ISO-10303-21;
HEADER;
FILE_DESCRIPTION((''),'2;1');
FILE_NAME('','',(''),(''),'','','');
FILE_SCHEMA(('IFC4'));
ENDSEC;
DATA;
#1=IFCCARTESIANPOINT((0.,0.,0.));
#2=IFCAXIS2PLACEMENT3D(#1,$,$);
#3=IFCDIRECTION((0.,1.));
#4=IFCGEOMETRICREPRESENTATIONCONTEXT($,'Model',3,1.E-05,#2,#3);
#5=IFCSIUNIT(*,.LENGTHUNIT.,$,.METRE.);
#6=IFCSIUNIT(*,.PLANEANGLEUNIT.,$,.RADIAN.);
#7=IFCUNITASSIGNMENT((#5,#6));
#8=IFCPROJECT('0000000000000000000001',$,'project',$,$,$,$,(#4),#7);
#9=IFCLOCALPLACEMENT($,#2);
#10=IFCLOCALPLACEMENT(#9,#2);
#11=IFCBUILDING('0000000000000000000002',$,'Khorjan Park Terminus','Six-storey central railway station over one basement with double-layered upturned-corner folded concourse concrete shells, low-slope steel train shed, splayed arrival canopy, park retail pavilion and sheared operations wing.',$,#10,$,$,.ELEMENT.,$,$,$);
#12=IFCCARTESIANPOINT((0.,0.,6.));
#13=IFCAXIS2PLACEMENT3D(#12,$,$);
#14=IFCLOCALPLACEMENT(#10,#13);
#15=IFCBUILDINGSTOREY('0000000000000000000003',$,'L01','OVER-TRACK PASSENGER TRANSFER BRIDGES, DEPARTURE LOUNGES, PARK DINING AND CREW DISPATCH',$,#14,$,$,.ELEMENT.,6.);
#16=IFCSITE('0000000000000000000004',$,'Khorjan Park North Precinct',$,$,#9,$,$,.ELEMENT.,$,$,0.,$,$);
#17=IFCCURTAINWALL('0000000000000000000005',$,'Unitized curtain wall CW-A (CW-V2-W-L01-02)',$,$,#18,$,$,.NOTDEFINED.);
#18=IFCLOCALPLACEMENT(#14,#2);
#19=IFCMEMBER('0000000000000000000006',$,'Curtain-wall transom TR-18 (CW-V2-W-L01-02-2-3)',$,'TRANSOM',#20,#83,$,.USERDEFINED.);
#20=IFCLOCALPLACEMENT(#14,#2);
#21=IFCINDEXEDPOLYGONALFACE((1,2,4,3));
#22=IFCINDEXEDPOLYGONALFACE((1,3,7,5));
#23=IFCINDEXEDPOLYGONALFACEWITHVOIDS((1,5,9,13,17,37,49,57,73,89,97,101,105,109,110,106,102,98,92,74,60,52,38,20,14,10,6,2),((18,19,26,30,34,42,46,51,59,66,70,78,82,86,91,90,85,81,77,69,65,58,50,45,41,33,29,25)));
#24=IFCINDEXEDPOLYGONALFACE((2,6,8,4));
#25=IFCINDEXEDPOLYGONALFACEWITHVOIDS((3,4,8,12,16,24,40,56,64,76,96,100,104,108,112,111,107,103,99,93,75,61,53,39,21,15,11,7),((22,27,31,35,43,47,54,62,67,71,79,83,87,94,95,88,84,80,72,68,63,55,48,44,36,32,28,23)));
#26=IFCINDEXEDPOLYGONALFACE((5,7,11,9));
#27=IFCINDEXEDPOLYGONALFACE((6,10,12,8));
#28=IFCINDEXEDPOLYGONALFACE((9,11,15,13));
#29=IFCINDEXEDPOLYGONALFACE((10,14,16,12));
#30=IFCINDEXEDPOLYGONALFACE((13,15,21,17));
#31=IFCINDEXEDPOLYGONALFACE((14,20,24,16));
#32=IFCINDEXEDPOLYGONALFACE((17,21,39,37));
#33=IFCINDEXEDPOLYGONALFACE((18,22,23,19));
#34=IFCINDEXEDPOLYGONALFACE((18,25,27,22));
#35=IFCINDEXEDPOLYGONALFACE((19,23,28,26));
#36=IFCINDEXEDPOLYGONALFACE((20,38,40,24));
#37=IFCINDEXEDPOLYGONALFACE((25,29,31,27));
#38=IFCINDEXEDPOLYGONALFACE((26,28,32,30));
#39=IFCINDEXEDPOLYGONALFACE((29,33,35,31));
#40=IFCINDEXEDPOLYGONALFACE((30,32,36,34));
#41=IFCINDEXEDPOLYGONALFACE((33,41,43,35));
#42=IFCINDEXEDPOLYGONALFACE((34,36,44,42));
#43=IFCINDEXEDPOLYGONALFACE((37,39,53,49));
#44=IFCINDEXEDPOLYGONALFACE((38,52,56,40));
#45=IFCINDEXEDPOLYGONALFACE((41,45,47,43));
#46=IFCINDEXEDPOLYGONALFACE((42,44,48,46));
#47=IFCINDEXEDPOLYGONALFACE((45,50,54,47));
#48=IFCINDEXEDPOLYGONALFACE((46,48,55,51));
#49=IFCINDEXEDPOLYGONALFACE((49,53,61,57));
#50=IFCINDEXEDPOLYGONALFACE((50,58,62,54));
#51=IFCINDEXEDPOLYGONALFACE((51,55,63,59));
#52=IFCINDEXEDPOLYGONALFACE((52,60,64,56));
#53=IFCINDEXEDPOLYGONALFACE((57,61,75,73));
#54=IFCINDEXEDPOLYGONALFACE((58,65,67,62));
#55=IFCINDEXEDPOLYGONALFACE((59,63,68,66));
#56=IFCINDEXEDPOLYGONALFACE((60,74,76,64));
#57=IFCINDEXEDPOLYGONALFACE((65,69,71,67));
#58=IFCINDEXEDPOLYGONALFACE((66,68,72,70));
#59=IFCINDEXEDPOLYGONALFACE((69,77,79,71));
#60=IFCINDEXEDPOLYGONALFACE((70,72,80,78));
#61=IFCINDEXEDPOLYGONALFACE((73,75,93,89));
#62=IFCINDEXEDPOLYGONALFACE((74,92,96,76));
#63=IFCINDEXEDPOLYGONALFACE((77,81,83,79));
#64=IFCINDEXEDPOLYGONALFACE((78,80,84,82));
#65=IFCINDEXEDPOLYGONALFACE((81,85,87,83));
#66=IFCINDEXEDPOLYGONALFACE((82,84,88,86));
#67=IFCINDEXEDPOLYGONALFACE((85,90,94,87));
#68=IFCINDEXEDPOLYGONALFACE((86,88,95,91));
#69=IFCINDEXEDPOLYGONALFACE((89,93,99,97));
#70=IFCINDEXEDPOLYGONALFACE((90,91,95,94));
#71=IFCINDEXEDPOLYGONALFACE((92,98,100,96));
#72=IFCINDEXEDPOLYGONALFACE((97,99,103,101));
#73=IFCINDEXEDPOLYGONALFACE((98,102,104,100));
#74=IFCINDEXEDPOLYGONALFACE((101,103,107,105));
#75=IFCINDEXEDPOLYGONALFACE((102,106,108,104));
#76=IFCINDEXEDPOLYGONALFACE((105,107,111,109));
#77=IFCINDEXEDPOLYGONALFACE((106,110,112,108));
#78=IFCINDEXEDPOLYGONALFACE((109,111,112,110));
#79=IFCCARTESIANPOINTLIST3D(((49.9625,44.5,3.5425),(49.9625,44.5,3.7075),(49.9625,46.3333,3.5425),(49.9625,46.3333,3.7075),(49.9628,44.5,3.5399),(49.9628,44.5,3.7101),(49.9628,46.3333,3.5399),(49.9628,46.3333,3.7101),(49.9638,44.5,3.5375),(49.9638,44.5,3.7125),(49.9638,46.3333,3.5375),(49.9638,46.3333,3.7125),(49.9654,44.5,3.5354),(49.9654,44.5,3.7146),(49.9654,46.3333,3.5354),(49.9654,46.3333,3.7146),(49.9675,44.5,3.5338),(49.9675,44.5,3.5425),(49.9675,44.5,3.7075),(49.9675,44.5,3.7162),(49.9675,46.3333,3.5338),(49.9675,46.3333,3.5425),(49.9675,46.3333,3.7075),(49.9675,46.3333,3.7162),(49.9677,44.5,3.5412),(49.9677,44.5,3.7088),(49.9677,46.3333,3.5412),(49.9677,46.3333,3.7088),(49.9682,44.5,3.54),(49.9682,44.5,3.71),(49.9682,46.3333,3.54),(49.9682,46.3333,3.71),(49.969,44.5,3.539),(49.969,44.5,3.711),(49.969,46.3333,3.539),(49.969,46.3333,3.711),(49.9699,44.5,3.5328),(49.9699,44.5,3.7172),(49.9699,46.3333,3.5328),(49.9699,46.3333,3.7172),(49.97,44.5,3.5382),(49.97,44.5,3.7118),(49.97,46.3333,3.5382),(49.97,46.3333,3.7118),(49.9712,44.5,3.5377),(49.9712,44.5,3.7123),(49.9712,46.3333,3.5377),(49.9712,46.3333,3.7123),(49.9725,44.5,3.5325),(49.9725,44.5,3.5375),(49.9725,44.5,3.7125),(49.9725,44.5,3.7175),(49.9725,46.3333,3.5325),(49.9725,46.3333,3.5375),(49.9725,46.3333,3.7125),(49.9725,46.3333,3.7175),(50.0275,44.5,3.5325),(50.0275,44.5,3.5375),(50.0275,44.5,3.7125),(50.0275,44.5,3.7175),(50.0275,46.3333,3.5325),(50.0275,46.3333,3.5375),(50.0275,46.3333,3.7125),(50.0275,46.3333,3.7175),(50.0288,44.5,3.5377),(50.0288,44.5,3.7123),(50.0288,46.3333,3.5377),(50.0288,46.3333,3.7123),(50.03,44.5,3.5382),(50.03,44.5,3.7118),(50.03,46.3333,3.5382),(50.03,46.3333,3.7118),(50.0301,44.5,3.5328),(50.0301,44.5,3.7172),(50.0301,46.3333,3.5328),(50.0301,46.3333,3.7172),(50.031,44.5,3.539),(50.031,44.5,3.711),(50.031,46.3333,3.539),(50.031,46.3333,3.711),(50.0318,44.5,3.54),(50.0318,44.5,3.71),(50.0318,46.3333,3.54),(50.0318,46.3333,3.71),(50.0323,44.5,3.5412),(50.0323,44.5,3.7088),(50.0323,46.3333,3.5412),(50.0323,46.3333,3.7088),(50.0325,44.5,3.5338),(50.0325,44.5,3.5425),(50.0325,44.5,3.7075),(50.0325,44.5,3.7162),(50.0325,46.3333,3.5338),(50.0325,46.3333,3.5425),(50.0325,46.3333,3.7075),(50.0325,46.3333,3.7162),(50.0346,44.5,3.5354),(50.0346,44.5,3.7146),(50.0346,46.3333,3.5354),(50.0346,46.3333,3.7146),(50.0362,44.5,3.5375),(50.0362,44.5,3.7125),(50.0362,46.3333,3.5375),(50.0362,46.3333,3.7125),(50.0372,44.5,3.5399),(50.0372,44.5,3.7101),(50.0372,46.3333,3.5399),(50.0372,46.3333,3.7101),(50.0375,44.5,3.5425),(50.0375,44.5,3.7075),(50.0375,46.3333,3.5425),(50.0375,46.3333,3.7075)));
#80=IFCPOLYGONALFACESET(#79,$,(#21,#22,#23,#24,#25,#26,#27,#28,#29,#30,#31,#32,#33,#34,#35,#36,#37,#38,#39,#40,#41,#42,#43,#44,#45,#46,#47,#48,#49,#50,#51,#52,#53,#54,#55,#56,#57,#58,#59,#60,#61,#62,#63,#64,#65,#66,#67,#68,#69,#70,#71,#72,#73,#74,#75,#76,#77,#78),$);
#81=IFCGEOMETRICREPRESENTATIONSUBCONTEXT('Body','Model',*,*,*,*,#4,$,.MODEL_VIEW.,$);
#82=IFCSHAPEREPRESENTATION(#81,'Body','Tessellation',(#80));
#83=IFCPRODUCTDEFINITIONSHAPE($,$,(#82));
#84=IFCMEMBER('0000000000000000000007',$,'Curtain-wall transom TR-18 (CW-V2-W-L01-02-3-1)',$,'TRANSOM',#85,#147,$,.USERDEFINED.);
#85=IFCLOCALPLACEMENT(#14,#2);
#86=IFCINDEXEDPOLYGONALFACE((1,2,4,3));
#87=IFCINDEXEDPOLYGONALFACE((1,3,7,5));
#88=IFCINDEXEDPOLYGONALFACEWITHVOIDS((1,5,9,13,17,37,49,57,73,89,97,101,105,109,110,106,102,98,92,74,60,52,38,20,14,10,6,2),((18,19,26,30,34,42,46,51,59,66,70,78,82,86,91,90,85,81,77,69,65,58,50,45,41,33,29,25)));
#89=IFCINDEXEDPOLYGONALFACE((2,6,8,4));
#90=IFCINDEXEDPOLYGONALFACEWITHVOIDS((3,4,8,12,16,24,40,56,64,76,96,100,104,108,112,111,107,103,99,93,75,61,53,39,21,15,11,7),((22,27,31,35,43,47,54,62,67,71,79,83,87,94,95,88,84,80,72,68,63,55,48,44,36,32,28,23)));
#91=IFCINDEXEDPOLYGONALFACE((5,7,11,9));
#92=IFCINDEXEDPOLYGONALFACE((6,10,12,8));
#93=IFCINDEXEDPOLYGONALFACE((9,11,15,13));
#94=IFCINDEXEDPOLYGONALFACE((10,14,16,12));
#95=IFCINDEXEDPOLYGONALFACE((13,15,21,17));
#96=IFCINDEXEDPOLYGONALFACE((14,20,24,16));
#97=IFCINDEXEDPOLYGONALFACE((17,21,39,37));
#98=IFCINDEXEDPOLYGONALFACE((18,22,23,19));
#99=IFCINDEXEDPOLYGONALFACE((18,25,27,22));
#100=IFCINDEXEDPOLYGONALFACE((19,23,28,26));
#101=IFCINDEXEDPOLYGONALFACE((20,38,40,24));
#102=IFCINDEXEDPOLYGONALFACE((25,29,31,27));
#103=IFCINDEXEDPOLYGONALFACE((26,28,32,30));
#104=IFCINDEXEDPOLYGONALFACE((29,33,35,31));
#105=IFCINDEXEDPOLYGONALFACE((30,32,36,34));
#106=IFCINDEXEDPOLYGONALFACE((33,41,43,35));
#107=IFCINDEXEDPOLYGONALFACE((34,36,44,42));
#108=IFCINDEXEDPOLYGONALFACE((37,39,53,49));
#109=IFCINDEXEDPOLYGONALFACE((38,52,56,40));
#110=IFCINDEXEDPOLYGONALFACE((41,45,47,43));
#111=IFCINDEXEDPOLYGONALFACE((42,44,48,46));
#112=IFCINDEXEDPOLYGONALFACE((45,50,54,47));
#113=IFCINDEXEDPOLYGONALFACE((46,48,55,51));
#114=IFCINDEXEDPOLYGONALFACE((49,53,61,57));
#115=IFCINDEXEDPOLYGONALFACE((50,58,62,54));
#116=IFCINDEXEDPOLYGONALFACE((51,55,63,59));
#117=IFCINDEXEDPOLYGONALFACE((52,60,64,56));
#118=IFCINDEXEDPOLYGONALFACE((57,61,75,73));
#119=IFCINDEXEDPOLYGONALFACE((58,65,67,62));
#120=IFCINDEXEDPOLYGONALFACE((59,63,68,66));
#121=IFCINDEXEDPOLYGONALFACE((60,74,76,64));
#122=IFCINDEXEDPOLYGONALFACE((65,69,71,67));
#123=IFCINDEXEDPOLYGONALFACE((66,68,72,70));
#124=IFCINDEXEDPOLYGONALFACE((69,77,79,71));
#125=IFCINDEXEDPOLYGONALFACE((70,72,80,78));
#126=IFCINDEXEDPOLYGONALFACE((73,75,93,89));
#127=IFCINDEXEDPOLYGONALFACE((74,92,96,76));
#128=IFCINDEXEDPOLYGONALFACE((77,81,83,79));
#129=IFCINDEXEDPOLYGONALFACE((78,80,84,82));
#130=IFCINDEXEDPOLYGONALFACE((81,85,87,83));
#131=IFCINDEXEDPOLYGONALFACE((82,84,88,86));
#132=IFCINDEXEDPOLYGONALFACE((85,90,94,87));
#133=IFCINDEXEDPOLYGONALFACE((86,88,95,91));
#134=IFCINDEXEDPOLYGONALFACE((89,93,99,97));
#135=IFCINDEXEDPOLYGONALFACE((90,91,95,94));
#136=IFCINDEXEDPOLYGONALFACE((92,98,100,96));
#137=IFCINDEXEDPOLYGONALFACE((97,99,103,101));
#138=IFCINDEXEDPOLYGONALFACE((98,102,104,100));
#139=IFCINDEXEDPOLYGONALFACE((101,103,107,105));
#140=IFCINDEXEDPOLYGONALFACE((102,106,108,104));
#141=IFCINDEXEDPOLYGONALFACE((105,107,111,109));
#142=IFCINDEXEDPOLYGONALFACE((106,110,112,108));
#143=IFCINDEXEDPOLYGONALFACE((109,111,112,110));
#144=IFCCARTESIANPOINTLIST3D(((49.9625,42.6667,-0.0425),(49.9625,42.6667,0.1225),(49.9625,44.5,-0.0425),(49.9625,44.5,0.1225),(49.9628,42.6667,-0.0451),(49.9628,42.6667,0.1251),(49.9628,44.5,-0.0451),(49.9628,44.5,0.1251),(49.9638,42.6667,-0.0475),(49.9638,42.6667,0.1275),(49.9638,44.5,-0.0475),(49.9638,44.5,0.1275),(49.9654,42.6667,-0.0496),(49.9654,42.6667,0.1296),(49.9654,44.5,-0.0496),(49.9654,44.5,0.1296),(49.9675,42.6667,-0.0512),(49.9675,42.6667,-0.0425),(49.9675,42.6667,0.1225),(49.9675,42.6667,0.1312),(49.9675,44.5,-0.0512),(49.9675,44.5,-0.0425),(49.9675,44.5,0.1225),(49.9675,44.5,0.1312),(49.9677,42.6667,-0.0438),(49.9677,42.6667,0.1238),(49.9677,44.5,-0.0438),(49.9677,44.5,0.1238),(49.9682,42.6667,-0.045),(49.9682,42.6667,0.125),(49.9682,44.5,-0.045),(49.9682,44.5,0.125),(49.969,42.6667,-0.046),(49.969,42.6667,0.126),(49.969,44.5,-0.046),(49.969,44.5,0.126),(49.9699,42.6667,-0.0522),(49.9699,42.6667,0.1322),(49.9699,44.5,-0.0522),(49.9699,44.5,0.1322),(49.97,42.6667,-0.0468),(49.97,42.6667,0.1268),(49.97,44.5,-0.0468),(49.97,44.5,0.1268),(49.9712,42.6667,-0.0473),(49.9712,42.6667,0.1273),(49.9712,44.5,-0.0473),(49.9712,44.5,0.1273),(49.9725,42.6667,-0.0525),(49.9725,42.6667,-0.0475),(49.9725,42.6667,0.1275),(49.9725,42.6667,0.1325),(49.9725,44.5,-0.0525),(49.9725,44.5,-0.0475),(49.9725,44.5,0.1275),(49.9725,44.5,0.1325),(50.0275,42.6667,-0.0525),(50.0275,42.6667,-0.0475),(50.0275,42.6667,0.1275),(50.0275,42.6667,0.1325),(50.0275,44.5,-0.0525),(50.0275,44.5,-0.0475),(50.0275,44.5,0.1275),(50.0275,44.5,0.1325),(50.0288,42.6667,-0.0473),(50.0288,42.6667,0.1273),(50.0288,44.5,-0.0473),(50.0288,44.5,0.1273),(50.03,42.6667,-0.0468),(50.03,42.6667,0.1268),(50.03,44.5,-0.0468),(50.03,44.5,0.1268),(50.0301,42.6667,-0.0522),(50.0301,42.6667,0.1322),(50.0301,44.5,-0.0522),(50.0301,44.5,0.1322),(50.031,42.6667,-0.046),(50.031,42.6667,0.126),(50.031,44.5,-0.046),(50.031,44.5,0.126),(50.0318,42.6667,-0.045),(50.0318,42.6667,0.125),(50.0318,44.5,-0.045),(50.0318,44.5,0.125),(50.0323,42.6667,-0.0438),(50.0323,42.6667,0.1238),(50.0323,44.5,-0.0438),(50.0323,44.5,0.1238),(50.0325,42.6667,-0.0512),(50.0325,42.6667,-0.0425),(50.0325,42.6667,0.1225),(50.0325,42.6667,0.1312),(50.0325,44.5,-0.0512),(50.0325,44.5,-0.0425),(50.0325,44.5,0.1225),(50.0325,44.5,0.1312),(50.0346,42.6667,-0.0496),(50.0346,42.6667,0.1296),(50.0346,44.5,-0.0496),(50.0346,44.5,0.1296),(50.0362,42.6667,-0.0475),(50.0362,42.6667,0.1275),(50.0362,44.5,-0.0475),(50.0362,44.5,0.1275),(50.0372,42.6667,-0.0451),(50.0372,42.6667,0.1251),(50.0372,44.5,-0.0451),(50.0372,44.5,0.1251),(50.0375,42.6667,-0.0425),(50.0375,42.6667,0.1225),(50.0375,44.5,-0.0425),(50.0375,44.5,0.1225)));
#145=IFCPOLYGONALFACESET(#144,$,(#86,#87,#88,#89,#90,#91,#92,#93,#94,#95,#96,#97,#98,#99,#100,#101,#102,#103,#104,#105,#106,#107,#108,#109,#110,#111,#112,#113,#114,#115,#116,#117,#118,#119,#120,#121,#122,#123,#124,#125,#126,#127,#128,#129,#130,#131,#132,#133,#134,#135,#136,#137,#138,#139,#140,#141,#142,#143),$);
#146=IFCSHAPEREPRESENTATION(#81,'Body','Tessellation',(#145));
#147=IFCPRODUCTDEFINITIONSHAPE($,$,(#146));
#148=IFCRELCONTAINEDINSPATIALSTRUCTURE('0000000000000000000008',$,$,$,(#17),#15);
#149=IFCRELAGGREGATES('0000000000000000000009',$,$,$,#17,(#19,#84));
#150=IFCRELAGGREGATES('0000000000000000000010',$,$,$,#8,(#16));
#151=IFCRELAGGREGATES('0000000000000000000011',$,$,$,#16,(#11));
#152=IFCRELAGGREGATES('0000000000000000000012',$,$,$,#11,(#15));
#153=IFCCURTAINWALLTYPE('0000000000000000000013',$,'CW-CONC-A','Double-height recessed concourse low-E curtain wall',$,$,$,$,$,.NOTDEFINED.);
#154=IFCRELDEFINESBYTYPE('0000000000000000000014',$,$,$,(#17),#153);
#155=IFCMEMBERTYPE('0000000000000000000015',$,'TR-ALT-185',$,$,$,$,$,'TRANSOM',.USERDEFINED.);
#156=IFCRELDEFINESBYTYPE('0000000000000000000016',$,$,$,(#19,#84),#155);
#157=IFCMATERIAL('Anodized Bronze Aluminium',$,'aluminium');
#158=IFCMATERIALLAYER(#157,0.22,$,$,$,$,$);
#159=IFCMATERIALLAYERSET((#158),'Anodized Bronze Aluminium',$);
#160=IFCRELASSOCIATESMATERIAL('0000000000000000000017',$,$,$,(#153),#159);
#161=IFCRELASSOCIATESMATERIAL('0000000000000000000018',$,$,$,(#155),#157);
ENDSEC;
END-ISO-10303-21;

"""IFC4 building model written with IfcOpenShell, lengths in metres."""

from ifc_helpers import new_model, si_unit, direction, frame, origin, origin_2d, place, context, subcontext, project, spatial, hollow_rectangle, extrude, material, layer, layer_set, material_profile, profile_set, type_object, element, aggregate, save


model = new_model("IFC4")

# Units and contexts
model_context = context("Model", 3, precision=1e-05, world=origin(), true_north=direction((0.0, 1.0)))
body_context = subcontext(model_context, "Body", "Model", "MODEL_VIEW")
ifc_project = project(units=[si_unit("LENGTHUNIT", "METRE"), si_unit("PLANEANGLEUNIT", "RADIAN")], contexts=[model_context])

# Site, building, storey
site_placement = place(None, origin())
site = spatial("IfcSite", under=ifc_project, at=site_placement, Name="Khorjan Park North Precinct", CompositionType="ELEMENT", RefElevation=0.0)
building_placement = place(site_placement, origin())
building = spatial("IfcBuilding", under=site, at=building_placement, Name="Khorjan Park Terminus", Description="Six-storey central railway station over one basement with double-layered upturned-corner folded concourse concrete shells, low-slope steel train shed, splayed arrival canopy, park retail pavilion and sheared operations wing.", CompositionType="ELEMENT")
storey_placement = place(building_placement, frame((0.0, 0.0, 6.0)))
storey = spatial("IfcBuildingStorey", under=building, at=storey_placement, Name="L01", Description="OVER-TRACK PASSENGER TRANSFER BRIDGES, DEPARTURE LOUNGES, PARK DINING AND CREW DISPATCH", CompositionType="ELEMENT", Elevation=6.0)

# Curtain wall
ifc_material_1 = material(Name="Anodized Bronze Aluminium", Category="aluminium")
ifc_layer_1 = layer(ifc_material_1, 0.22)
ifc_layer_set_1 = layer_set([ifc_layer_1], Name="Anodized Bronze Aluminium")
curtain_wall_type_1 = type_object("IfcCurtainWallType", Name="CW-CONC-A", Description="Double-height recessed concourse low-E curtain wall", PredefinedType="NOTDEFINED", material=ifc_layer_set_1)
curtain_wall_1_placement = place(storey_placement, origin())
curtain_wall_1 = element("IfcCurtainWall", 1, at=curtain_wall_1_placement, inside=storey, type_object=curtain_wall_type_1, Name="Unitized curtain wall CW-A (CW-V2-W-L01-02)", PredefinedType="NOTDEFINED")

# Members
ifc_material_profile_1 = material_profile(ifc_material_1, hollow_rectangle(XDim=0.075, YDim=0.185, WallThickness=0.005, InnerFilletRadius=0.005, OuterFilletRadius=0.01, at=origin_2d()), Name="ALT 75x185x5")
ifc_profile_set_1 = profile_set([ifc_material_profile_1], Name="Anodized Bronze Aluminium")
member_type_1 = type_object("IfcMemberType", Name="TR-ALT-185", ElementType="TRANSOM", PredefinedType="USERDEFINED", material=ifc_profile_set_1)
member_1_placement = place(storey_placement, frame((50.0, 46.3333, 3.625), z_axis=(0.0, -1.0, 0.0), x_axis=(1.0, 0.0, 0.0)))
member_1 = element("IfcMember", 2, at=member_1_placement, type_object=member_type_1, Name="Curtain-wall transom TR-18 (CW-V2-W-L01-02-2-3)", ObjectType="TRANSOM", PredefinedType="USERDEFINED", context=body_context, shape_type="SweptSolid", body=[
    extrude(hollow_rectangle(XDim=0.075, YDim=0.185, WallThickness=0.005, InnerFilletRadius=0.005, OuterFilletRadius=0.01, at=origin_2d()), origin(), (0.0, 0.0, 1.0), 1.8333),
])
member_2_placement = place(storey_placement, frame((50.0, 44.5, 0.04), z_axis=(0.0, -1.0, 0.0), x_axis=(1.0, 0.0, 0.0)))
member_2 = element("IfcMember", 3, at=member_2_placement, type_object=member_type_1, Name="Curtain-wall transom TR-18 (CW-V2-W-L01-02-3-1)", ObjectType="TRANSOM", PredefinedType="USERDEFINED", context=body_context, shape_type="SweptSolid", body=[
    extrude(hollow_rectangle(XDim=0.075, YDim=0.185, WallThickness=0.005, InnerFilletRadius=0.005, OuterFilletRadius=0.01, at=origin_2d()), origin(), (0.0, 0.0, 1.0), 1.8333),
])

aggregate(curtain_wall_1, [member_1, member_2])

save(model, "model.ifc")
